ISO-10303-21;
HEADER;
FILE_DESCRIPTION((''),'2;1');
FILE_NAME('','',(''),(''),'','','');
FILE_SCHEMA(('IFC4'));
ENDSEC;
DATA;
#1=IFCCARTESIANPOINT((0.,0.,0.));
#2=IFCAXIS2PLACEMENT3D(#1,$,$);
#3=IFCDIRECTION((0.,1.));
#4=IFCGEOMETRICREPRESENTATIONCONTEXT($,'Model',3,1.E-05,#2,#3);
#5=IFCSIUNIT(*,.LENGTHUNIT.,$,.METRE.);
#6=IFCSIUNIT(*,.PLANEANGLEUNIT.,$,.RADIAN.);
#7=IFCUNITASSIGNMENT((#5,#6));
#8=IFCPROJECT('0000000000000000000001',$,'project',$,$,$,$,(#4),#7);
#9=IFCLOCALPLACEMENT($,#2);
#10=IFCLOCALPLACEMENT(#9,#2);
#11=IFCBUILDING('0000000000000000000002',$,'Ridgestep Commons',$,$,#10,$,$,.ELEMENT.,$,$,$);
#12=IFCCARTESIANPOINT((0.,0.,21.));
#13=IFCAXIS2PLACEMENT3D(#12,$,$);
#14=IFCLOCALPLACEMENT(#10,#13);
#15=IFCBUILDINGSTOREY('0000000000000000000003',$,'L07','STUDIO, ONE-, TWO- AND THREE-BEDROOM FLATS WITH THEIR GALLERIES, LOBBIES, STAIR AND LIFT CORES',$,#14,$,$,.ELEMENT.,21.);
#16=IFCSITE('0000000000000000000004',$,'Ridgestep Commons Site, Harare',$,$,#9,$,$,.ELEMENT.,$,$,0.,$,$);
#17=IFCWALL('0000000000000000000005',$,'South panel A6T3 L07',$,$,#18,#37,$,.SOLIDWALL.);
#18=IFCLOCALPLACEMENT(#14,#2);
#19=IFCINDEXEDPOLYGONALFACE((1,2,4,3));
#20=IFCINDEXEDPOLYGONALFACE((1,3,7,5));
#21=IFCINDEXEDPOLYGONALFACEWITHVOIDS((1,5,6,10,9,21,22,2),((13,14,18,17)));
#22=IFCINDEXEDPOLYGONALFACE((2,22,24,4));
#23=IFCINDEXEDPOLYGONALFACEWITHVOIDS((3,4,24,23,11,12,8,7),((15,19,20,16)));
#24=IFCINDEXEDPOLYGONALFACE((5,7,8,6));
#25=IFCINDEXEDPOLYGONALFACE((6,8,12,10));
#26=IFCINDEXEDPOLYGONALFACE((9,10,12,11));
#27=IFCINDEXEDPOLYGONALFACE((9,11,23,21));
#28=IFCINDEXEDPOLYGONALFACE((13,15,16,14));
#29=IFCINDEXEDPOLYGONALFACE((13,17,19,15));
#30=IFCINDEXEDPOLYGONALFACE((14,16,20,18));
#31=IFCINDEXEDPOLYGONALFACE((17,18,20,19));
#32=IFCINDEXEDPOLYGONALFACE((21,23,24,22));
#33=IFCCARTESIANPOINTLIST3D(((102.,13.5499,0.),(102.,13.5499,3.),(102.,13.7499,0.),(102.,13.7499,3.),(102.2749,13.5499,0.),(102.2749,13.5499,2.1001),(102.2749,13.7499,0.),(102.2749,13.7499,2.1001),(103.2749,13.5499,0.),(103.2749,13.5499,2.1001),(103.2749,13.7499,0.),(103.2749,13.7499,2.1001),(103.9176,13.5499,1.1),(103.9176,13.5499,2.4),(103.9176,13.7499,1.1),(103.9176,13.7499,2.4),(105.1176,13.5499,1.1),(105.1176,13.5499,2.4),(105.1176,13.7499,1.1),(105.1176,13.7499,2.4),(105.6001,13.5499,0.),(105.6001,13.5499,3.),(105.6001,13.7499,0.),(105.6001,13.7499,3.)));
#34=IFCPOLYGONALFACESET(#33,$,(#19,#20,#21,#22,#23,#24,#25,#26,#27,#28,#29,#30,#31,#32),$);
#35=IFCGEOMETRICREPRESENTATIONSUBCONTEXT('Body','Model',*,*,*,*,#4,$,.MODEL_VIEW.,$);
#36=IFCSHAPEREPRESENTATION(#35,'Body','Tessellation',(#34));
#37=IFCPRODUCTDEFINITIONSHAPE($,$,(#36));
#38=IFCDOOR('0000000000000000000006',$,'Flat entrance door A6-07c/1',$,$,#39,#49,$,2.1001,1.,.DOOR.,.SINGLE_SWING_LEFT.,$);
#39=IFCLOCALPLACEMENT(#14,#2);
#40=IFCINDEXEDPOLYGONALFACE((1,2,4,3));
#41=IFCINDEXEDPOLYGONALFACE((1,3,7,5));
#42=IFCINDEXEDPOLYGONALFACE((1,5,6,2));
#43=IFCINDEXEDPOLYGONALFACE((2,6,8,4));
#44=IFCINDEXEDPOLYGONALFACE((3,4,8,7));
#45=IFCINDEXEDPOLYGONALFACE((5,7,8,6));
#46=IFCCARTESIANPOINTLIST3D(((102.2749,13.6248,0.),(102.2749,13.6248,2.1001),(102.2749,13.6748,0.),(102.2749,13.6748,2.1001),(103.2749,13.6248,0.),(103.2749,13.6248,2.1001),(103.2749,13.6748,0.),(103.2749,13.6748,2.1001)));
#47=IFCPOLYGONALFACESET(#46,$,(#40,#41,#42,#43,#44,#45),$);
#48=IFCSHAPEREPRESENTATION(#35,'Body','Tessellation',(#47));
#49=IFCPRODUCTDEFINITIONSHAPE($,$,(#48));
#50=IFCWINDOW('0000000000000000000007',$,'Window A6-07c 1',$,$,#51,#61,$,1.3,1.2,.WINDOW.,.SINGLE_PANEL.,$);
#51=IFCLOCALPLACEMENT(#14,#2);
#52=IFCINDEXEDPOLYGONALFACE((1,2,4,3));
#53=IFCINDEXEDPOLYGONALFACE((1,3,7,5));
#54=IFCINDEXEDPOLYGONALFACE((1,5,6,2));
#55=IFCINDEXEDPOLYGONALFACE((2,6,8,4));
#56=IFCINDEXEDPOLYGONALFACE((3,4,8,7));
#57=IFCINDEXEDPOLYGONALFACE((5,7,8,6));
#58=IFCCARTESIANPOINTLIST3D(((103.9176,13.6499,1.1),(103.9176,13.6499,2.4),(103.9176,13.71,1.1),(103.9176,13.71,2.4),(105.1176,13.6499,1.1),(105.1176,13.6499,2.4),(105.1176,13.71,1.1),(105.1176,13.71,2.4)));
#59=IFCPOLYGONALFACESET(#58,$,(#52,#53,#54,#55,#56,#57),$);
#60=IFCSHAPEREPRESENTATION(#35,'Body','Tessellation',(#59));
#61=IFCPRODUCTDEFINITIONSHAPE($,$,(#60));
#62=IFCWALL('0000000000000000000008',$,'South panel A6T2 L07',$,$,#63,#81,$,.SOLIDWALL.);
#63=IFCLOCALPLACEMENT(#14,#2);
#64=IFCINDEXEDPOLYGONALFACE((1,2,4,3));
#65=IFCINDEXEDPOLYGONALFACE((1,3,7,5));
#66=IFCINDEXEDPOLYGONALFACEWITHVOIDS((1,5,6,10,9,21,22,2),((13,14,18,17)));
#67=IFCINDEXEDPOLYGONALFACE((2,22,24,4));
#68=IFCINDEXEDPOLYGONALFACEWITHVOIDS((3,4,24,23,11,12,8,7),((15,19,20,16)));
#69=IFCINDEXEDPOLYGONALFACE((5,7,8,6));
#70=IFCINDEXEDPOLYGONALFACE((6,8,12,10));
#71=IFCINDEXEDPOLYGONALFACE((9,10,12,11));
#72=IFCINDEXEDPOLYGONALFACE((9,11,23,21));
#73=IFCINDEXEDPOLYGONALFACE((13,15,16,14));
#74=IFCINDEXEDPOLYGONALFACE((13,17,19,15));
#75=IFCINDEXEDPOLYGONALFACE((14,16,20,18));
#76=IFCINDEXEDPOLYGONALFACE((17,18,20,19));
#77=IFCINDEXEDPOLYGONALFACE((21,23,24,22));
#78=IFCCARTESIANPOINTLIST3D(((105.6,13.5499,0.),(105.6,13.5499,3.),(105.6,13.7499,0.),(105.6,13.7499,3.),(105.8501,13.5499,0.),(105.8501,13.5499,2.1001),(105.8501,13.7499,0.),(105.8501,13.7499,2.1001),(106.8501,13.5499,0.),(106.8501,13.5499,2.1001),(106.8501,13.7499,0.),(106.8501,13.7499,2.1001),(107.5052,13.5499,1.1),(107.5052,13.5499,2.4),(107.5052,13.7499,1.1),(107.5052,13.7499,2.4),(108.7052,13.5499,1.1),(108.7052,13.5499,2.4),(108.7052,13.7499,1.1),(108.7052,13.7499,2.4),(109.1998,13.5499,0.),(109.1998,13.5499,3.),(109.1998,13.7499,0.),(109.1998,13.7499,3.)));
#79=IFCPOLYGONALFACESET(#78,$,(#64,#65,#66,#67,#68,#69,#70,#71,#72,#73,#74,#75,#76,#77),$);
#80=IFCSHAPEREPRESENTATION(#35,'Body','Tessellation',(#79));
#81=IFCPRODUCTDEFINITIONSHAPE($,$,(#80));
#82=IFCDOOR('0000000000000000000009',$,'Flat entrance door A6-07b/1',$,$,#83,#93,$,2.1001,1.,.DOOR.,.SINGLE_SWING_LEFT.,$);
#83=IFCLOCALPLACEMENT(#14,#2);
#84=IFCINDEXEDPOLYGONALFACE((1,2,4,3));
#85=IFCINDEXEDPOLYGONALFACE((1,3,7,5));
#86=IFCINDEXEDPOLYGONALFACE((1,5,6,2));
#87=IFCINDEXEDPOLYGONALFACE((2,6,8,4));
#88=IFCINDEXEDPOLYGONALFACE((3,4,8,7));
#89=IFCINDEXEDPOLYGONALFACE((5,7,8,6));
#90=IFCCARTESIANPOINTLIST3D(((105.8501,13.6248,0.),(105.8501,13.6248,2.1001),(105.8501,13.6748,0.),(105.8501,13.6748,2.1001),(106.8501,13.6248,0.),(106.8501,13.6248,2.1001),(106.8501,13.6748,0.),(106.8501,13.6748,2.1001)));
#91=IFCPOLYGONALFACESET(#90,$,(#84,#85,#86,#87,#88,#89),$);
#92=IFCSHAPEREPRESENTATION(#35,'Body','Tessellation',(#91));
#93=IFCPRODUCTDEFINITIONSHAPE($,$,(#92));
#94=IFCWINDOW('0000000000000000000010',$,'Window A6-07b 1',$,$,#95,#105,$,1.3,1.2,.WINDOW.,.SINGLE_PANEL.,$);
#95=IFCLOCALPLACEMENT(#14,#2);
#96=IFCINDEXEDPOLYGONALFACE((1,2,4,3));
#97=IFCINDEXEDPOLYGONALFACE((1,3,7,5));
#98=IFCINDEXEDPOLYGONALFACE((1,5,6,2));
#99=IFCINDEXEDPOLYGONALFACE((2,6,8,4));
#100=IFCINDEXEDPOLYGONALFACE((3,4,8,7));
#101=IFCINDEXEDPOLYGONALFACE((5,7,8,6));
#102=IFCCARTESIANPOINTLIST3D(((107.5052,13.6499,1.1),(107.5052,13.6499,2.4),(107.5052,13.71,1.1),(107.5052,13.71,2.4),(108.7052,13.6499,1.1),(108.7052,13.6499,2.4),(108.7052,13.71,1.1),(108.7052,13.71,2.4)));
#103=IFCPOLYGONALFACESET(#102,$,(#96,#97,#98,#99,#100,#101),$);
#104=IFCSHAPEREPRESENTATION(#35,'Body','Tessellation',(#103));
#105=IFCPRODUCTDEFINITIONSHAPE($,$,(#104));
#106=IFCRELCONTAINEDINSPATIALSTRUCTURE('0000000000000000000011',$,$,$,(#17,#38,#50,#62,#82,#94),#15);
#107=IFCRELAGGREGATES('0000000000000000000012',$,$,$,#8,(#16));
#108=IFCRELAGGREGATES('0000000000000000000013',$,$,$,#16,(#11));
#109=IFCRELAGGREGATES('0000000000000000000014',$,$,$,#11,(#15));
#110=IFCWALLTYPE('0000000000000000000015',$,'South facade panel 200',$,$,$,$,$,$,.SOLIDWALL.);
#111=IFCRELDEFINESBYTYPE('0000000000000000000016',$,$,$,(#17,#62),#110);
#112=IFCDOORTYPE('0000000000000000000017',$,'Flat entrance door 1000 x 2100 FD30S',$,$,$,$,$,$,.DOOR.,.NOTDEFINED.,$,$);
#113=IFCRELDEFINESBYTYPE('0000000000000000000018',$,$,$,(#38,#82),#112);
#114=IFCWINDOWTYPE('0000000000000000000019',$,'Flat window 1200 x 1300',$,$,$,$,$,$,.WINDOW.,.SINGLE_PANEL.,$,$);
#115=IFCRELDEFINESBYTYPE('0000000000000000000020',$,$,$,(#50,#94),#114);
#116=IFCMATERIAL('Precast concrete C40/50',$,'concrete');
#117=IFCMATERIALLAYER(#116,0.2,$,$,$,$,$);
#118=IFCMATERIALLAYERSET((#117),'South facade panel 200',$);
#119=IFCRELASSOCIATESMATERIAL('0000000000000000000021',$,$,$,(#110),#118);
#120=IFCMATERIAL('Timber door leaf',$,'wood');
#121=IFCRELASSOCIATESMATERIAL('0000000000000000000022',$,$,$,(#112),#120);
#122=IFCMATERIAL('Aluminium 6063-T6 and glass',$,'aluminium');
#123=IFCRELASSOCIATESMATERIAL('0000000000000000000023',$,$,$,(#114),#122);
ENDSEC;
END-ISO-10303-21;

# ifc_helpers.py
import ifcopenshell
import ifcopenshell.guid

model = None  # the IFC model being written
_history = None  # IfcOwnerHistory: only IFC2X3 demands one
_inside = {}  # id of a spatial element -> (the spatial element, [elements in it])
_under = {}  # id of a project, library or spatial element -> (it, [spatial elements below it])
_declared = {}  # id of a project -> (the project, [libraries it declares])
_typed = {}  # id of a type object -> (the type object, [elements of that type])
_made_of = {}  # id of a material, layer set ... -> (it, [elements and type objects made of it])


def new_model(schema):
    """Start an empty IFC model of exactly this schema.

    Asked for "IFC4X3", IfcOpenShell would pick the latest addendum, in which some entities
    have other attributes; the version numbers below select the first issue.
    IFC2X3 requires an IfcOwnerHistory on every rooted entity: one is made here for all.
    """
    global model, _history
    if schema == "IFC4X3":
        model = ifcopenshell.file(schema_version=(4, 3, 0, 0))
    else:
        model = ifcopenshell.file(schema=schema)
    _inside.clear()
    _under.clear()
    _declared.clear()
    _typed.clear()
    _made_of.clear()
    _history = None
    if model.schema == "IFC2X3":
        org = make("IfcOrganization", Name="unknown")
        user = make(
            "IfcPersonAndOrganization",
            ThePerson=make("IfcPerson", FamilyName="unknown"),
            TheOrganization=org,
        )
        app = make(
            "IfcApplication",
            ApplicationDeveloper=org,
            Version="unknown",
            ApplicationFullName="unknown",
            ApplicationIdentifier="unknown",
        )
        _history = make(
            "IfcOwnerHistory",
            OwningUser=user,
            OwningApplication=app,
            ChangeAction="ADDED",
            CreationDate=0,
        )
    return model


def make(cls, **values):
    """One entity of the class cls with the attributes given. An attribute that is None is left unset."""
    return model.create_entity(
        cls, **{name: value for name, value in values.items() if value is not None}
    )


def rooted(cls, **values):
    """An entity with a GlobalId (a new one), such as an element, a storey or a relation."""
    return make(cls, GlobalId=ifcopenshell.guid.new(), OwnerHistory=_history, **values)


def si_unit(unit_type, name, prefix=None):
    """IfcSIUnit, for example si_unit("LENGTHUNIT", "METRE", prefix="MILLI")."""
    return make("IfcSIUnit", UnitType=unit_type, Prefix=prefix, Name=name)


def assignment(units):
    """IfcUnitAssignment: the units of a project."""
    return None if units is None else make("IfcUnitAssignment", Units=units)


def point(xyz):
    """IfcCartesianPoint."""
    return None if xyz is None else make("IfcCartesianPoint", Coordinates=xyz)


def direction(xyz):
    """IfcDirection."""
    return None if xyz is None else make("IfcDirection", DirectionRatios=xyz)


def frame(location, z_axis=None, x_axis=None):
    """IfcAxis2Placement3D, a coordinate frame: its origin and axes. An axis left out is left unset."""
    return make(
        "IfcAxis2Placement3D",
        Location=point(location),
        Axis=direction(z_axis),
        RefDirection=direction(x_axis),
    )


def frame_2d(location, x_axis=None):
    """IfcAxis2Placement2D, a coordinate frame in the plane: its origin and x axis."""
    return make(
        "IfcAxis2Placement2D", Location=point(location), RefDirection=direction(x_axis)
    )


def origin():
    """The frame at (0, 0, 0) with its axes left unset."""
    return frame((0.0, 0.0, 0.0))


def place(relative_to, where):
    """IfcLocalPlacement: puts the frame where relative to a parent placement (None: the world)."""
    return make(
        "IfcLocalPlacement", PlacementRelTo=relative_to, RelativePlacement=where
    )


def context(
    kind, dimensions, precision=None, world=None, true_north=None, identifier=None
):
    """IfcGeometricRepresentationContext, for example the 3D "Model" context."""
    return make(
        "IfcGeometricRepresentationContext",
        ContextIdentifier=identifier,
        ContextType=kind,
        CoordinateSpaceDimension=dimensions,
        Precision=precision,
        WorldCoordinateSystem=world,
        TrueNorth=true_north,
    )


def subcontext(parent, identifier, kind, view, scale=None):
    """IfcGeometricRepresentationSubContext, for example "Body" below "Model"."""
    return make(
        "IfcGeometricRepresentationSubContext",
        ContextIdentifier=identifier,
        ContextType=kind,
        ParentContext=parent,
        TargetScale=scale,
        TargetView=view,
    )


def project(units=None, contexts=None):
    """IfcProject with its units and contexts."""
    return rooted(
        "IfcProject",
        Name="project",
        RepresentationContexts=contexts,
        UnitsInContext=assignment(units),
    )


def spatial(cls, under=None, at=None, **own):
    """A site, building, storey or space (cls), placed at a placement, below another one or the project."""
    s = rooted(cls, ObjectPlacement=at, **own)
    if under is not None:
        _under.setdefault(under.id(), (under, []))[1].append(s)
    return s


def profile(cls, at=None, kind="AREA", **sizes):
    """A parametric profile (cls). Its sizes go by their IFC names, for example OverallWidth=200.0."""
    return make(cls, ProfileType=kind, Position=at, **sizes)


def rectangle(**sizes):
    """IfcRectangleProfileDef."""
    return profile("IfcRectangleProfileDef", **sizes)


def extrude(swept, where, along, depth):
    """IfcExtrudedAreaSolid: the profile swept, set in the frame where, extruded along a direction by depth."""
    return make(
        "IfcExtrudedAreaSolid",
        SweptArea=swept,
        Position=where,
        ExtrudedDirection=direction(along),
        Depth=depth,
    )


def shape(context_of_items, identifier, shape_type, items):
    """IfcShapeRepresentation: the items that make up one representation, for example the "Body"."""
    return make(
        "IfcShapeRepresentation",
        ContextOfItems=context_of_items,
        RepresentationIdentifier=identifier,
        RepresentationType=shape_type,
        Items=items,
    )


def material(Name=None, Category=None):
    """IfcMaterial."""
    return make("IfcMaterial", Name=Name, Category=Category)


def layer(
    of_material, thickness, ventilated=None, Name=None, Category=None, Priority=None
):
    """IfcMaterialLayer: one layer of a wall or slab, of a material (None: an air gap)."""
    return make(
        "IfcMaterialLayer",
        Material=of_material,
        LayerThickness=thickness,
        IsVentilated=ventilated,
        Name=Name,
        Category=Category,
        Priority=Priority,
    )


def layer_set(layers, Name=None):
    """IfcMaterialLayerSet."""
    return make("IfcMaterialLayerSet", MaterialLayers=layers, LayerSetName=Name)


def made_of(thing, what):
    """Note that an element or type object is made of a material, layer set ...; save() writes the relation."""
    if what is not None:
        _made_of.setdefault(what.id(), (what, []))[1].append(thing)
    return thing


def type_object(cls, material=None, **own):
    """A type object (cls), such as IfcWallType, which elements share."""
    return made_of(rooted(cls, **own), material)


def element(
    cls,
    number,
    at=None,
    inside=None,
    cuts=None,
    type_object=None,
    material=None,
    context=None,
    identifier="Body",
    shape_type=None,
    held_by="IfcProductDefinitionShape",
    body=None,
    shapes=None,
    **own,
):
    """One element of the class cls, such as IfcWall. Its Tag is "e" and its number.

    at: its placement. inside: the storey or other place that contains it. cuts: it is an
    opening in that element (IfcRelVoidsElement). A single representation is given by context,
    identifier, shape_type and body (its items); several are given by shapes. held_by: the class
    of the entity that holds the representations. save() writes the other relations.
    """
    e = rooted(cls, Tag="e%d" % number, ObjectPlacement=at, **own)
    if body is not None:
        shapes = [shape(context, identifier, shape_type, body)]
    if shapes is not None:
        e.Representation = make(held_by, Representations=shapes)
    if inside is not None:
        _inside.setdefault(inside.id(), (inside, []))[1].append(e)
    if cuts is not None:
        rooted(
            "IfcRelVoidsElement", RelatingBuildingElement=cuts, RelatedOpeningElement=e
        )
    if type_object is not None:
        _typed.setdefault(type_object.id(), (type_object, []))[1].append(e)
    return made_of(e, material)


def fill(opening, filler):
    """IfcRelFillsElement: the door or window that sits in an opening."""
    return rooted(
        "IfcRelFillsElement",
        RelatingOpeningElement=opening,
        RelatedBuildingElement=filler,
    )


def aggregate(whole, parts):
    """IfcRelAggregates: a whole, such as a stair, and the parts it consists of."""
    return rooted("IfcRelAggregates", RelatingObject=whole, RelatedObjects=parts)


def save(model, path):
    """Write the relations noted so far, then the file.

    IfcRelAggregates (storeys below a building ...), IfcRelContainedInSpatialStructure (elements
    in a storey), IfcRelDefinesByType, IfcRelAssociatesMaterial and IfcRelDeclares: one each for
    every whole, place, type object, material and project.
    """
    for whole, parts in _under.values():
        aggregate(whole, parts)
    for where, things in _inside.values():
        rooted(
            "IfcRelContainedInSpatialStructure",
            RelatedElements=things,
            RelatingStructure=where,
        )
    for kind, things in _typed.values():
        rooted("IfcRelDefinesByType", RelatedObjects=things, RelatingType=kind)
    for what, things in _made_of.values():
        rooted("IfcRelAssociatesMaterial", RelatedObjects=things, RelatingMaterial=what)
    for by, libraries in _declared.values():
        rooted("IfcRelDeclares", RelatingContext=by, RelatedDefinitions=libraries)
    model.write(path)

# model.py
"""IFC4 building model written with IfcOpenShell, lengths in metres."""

from ifc_helpers import new_model, si_unit, direction, frame, frame_2d, origin, place, context, subcontext, project, spatial, rectangle, extrude, material, layer, layer_set, type_object, element, fill, save


model = new_model("IFC4")

# Units and contexts
model_context = context("Model", 3, precision=1e-05, world=origin(), true_north=direction((0.0, 1.0)))
body_context = subcontext(model_context, "Body", "Model", "MODEL_VIEW")
ifc_project = project(units=[si_unit("LENGTHUNIT", "METRE"), si_unit("PLANEANGLEUNIT", "RADIAN")], contexts=[model_context])

# Site, building, storey
site_placement = place(None, origin())
site = spatial("IfcSite", under=ifc_project, at=site_placement, Name="Ridgestep Commons Site, Harare", CompositionType="ELEMENT", RefElevation=0.0)
building_placement = place(site_placement, origin())
building = spatial("IfcBuilding", under=site, at=building_placement, Name="Ridgestep Commons", CompositionType="ELEMENT")
storey_placement = place(building_placement, frame((0.0, 0.0, 21.0)))
storey = spatial("IfcBuildingStorey", under=building, at=storey_placement, Name="L07", Description="STUDIO, ONE-, TWO- AND THREE-BEDROOM FLATS WITH THEIR GALLERIES, LOBBIES, STAIR AND LIFT CORES", CompositionType="ELEMENT", Elevation=21.0)

# Walls, openings, doors, windows
ifc_material_1 = material(Name="Precast concrete C40/50", Category="concrete")
ifc_layer_1 = layer(ifc_material_1, 0.2)
ifc_layer_set_1 = layer_set([ifc_layer_1], Name="South facade panel 200")
wall_type_1 = type_object("IfcWallType", Name="South facade panel 200", PredefinedType="SOLIDWALL", material=ifc_layer_set_1)
wall_1_placement = place(storey_placement, frame((102.0, 13.6499, 0.0), z_axis=(0.0, 0.0, 1.0), x_axis=(1.0, 0.0, 0.0)))
wall_1 = element("IfcWall", 1, at=wall_1_placement, inside=storey, type_object=wall_type_1, Name="South panel A6T3 L07", PredefinedType="SOLIDWALL", context=body_context, shape_type="SweptSolid", body=[
    extrude(rectangle(XDim=3.6001, YDim=0.2, at=frame_2d((1.8, 0.0))), origin(), (0.0, 0.0, 1.0), 3.0),
])
opening_1_placement = place(wall_1_placement, frame((1.9175, 0.0, 1.1001)))
opening_1 = element("IfcOpeningElement", 2, at=opening_1_placement, cuts=wall_1, PredefinedType="OPENING", context=body_context, shape_type="SweptSolid", body=[
    extrude(rectangle(XDim=1.2, YDim=1.3, at=frame_2d((0.6001, 0.6499))), frame((0.0, 0.1099, 0.0), z_axis=(0.0, -1.0, 0.0), x_axis=(1.0, 0.0, 0.0)), (0.0, 0.0, 1.0), 0.22),
])
opening_2_placement = place(wall_1_placement, frame((0.2749, 0.0, 0.0)))
opening_2 = element("IfcOpeningElement", 3, at=opening_2_placement, cuts=wall_1, PredefinedType="OPENING", context=body_context, shape_type="SweptSolid", body=[
    extrude(rectangle(XDim=1.0, YDim=2.1001, at=frame_2d((0.5, 1.05))), frame((0.0, 0.1099, 0.0), z_axis=(0.0, -1.0, 0.0), x_axis=(1.0, 0.0, 0.0)), (0.0, 0.0, 1.0), 0.22),
])
ifc_material_2 = material(Name="Timber door leaf", Category="wood")
door_type_1 = type_object("IfcDoorType", Name="Flat entrance door 1000 x 2100 FD30S", OperationType="NOTDEFINED", PredefinedType="DOOR", material=ifc_material_2)
door_1_placement = place(opening_2_placement, origin())
door_1 = element("IfcDoor", 4, at=door_1_placement, inside=storey, type_object=door_type_1, Name="Flat entrance door A6-07c/1", OperationType="SINGLE_SWING_LEFT", OverallHeight=2.1001, OverallWidth=1.0, PredefinedType="DOOR", context=body_context, shape_type="SweptSolid", body=[
    extrude(rectangle(XDim=1.0, YDim=2.1001, at=frame_2d((0.5, 1.05))), frame((0.0, 0.0249, 0.0), z_axis=(0.0, -1.0, 0.0), x_axis=(1.0, 0.0, 0.0)), (0.0, 0.0, 1.0), 0.05),
])
fill(opening_2, door_1)
ifc_material_3 = material(Name="Aluminium 6063-T6 and glass", Category="aluminium")
window_type = type_object("IfcWindowType", Name="Flat window 1200 x 1300", PartitioningType="SINGLE_PANEL", PredefinedType="WINDOW", material=ifc_material_3)
window_1_placement = place(opening_1_placement, origin())
window_1 = element("IfcWindow", 5, at=window_1_placement, inside=storey, type_object=window_type, Name="Window A6-07c 1", OverallHeight=1.3, OverallWidth=1.2, PartitioningType="SINGLE_PANEL", PredefinedType="WINDOW", context=body_context, shape_type="SweptSolid", body=[
    extrude(rectangle(XDim=1.2, YDim=1.3, at=frame_2d((0.6001, 0.6499))), frame((0.0, 0.0601, 0.0), z_axis=(0.0, -1.0, 0.0), x_axis=(1.0, 0.0, 0.0)), (0.0, 0.0, 1.0), 0.0601),
])
fill(opening_1, window_1)
wall_2_placement = place(storey_placement, frame((105.6001, 13.6499, 0.0), z_axis=(0.0, 0.0, 1.0), x_axis=(1.0, 0.0, 0.0)))
wall_2 = element("IfcWall", 6, at=wall_2_placement, inside=storey, type_object=wall_type_1, Name="South panel A6T2 L07", PredefinedType="SOLIDWALL", context=body_context, shape_type="SweptSolid", body=[
    extrude(rectangle(XDim=3.5999, YDim=0.2, at=frame_2d((1.7998, 0.0))), origin(), (0.0, 0.0, 1.0), 3.0),
])
opening_3_placement = place(wall_2_placement, frame((1.905, 0.0, 1.1001)))
opening_3 = element("IfcOpeningElement", 7, at=opening_3_placement, cuts=wall_2, PredefinedType="OPENING", context=body_context, shape_type="SweptSolid", body=[
    extrude(rectangle(XDim=1.2, YDim=1.3, at=frame_2d((0.6001, 0.6499))), frame((0.0, 0.1099, 0.0), z_axis=(0.0, -1.0, 0.0), x_axis=(1.0, 0.0, 0.0)), (0.0, 0.0, 1.0), 0.22),
])
opening_4_placement = place(wall_2_placement, frame((0.25, 0.0, 0.0)))
opening_4 = element("IfcOpeningElement", 8, at=opening_4_placement, cuts=wall_2, PredefinedType="OPENING", context=body_context, shape_type="SweptSolid", body=[
    extrude(rectangle(XDim=1.0, YDim=2.1001, at=frame_2d((0.5, 1.05))), frame((0.0, 0.1099, 0.0), z_axis=(0.0, -1.0, 0.0), x_axis=(1.0, 0.0, 0.0)), (0.0, 0.0, 1.0), 0.22),
])
door_2_placement = place(opening_4_placement, origin())
door_2 = element("IfcDoor", 9, at=door_2_placement, inside=storey, type_object=door_type_1, Name="Flat entrance door A6-07b/1", OperationType="SINGLE_SWING_LEFT", OverallHeight=2.1001, OverallWidth=1.0, PredefinedType="DOOR", context=body_context, shape_type="SweptSolid", body=[
    extrude(rectangle(XDim=1.0, YDim=2.1001, at=frame_2d((0.5, 1.05))), frame((0.0, 0.0249, 0.0), z_axis=(0.0, -1.0, 0.0), x_axis=(1.0, 0.0, 0.0)), (0.0, 0.0, 1.0), 0.05),
])
fill(opening_4, door_2)
window_2_placement = place(opening_3_placement, origin())
window_2 = element("IfcWindow", 10, at=window_2_placement, inside=storey, type_object=window_type, Name="Window A6-07b 1", OverallHeight=1.3, OverallWidth=1.2, PartitioningType="SINGLE_PANEL", PredefinedType="WINDOW", context=body_context, shape_type="SweptSolid", body=[
    extrude(rectangle(XDim=1.2, YDim=1.3, at=frame_2d((0.6001, 0.6499))), frame((0.0, 0.0601, 0.0), z_axis=(0.0, -1.0, 0.0), x_axis=(1.0, 0.0, 0.0)), (0.0, 0.0, 1.0), 0.0601),
])
fill(opening_3, window_2)

save(model, "model.ifc")
